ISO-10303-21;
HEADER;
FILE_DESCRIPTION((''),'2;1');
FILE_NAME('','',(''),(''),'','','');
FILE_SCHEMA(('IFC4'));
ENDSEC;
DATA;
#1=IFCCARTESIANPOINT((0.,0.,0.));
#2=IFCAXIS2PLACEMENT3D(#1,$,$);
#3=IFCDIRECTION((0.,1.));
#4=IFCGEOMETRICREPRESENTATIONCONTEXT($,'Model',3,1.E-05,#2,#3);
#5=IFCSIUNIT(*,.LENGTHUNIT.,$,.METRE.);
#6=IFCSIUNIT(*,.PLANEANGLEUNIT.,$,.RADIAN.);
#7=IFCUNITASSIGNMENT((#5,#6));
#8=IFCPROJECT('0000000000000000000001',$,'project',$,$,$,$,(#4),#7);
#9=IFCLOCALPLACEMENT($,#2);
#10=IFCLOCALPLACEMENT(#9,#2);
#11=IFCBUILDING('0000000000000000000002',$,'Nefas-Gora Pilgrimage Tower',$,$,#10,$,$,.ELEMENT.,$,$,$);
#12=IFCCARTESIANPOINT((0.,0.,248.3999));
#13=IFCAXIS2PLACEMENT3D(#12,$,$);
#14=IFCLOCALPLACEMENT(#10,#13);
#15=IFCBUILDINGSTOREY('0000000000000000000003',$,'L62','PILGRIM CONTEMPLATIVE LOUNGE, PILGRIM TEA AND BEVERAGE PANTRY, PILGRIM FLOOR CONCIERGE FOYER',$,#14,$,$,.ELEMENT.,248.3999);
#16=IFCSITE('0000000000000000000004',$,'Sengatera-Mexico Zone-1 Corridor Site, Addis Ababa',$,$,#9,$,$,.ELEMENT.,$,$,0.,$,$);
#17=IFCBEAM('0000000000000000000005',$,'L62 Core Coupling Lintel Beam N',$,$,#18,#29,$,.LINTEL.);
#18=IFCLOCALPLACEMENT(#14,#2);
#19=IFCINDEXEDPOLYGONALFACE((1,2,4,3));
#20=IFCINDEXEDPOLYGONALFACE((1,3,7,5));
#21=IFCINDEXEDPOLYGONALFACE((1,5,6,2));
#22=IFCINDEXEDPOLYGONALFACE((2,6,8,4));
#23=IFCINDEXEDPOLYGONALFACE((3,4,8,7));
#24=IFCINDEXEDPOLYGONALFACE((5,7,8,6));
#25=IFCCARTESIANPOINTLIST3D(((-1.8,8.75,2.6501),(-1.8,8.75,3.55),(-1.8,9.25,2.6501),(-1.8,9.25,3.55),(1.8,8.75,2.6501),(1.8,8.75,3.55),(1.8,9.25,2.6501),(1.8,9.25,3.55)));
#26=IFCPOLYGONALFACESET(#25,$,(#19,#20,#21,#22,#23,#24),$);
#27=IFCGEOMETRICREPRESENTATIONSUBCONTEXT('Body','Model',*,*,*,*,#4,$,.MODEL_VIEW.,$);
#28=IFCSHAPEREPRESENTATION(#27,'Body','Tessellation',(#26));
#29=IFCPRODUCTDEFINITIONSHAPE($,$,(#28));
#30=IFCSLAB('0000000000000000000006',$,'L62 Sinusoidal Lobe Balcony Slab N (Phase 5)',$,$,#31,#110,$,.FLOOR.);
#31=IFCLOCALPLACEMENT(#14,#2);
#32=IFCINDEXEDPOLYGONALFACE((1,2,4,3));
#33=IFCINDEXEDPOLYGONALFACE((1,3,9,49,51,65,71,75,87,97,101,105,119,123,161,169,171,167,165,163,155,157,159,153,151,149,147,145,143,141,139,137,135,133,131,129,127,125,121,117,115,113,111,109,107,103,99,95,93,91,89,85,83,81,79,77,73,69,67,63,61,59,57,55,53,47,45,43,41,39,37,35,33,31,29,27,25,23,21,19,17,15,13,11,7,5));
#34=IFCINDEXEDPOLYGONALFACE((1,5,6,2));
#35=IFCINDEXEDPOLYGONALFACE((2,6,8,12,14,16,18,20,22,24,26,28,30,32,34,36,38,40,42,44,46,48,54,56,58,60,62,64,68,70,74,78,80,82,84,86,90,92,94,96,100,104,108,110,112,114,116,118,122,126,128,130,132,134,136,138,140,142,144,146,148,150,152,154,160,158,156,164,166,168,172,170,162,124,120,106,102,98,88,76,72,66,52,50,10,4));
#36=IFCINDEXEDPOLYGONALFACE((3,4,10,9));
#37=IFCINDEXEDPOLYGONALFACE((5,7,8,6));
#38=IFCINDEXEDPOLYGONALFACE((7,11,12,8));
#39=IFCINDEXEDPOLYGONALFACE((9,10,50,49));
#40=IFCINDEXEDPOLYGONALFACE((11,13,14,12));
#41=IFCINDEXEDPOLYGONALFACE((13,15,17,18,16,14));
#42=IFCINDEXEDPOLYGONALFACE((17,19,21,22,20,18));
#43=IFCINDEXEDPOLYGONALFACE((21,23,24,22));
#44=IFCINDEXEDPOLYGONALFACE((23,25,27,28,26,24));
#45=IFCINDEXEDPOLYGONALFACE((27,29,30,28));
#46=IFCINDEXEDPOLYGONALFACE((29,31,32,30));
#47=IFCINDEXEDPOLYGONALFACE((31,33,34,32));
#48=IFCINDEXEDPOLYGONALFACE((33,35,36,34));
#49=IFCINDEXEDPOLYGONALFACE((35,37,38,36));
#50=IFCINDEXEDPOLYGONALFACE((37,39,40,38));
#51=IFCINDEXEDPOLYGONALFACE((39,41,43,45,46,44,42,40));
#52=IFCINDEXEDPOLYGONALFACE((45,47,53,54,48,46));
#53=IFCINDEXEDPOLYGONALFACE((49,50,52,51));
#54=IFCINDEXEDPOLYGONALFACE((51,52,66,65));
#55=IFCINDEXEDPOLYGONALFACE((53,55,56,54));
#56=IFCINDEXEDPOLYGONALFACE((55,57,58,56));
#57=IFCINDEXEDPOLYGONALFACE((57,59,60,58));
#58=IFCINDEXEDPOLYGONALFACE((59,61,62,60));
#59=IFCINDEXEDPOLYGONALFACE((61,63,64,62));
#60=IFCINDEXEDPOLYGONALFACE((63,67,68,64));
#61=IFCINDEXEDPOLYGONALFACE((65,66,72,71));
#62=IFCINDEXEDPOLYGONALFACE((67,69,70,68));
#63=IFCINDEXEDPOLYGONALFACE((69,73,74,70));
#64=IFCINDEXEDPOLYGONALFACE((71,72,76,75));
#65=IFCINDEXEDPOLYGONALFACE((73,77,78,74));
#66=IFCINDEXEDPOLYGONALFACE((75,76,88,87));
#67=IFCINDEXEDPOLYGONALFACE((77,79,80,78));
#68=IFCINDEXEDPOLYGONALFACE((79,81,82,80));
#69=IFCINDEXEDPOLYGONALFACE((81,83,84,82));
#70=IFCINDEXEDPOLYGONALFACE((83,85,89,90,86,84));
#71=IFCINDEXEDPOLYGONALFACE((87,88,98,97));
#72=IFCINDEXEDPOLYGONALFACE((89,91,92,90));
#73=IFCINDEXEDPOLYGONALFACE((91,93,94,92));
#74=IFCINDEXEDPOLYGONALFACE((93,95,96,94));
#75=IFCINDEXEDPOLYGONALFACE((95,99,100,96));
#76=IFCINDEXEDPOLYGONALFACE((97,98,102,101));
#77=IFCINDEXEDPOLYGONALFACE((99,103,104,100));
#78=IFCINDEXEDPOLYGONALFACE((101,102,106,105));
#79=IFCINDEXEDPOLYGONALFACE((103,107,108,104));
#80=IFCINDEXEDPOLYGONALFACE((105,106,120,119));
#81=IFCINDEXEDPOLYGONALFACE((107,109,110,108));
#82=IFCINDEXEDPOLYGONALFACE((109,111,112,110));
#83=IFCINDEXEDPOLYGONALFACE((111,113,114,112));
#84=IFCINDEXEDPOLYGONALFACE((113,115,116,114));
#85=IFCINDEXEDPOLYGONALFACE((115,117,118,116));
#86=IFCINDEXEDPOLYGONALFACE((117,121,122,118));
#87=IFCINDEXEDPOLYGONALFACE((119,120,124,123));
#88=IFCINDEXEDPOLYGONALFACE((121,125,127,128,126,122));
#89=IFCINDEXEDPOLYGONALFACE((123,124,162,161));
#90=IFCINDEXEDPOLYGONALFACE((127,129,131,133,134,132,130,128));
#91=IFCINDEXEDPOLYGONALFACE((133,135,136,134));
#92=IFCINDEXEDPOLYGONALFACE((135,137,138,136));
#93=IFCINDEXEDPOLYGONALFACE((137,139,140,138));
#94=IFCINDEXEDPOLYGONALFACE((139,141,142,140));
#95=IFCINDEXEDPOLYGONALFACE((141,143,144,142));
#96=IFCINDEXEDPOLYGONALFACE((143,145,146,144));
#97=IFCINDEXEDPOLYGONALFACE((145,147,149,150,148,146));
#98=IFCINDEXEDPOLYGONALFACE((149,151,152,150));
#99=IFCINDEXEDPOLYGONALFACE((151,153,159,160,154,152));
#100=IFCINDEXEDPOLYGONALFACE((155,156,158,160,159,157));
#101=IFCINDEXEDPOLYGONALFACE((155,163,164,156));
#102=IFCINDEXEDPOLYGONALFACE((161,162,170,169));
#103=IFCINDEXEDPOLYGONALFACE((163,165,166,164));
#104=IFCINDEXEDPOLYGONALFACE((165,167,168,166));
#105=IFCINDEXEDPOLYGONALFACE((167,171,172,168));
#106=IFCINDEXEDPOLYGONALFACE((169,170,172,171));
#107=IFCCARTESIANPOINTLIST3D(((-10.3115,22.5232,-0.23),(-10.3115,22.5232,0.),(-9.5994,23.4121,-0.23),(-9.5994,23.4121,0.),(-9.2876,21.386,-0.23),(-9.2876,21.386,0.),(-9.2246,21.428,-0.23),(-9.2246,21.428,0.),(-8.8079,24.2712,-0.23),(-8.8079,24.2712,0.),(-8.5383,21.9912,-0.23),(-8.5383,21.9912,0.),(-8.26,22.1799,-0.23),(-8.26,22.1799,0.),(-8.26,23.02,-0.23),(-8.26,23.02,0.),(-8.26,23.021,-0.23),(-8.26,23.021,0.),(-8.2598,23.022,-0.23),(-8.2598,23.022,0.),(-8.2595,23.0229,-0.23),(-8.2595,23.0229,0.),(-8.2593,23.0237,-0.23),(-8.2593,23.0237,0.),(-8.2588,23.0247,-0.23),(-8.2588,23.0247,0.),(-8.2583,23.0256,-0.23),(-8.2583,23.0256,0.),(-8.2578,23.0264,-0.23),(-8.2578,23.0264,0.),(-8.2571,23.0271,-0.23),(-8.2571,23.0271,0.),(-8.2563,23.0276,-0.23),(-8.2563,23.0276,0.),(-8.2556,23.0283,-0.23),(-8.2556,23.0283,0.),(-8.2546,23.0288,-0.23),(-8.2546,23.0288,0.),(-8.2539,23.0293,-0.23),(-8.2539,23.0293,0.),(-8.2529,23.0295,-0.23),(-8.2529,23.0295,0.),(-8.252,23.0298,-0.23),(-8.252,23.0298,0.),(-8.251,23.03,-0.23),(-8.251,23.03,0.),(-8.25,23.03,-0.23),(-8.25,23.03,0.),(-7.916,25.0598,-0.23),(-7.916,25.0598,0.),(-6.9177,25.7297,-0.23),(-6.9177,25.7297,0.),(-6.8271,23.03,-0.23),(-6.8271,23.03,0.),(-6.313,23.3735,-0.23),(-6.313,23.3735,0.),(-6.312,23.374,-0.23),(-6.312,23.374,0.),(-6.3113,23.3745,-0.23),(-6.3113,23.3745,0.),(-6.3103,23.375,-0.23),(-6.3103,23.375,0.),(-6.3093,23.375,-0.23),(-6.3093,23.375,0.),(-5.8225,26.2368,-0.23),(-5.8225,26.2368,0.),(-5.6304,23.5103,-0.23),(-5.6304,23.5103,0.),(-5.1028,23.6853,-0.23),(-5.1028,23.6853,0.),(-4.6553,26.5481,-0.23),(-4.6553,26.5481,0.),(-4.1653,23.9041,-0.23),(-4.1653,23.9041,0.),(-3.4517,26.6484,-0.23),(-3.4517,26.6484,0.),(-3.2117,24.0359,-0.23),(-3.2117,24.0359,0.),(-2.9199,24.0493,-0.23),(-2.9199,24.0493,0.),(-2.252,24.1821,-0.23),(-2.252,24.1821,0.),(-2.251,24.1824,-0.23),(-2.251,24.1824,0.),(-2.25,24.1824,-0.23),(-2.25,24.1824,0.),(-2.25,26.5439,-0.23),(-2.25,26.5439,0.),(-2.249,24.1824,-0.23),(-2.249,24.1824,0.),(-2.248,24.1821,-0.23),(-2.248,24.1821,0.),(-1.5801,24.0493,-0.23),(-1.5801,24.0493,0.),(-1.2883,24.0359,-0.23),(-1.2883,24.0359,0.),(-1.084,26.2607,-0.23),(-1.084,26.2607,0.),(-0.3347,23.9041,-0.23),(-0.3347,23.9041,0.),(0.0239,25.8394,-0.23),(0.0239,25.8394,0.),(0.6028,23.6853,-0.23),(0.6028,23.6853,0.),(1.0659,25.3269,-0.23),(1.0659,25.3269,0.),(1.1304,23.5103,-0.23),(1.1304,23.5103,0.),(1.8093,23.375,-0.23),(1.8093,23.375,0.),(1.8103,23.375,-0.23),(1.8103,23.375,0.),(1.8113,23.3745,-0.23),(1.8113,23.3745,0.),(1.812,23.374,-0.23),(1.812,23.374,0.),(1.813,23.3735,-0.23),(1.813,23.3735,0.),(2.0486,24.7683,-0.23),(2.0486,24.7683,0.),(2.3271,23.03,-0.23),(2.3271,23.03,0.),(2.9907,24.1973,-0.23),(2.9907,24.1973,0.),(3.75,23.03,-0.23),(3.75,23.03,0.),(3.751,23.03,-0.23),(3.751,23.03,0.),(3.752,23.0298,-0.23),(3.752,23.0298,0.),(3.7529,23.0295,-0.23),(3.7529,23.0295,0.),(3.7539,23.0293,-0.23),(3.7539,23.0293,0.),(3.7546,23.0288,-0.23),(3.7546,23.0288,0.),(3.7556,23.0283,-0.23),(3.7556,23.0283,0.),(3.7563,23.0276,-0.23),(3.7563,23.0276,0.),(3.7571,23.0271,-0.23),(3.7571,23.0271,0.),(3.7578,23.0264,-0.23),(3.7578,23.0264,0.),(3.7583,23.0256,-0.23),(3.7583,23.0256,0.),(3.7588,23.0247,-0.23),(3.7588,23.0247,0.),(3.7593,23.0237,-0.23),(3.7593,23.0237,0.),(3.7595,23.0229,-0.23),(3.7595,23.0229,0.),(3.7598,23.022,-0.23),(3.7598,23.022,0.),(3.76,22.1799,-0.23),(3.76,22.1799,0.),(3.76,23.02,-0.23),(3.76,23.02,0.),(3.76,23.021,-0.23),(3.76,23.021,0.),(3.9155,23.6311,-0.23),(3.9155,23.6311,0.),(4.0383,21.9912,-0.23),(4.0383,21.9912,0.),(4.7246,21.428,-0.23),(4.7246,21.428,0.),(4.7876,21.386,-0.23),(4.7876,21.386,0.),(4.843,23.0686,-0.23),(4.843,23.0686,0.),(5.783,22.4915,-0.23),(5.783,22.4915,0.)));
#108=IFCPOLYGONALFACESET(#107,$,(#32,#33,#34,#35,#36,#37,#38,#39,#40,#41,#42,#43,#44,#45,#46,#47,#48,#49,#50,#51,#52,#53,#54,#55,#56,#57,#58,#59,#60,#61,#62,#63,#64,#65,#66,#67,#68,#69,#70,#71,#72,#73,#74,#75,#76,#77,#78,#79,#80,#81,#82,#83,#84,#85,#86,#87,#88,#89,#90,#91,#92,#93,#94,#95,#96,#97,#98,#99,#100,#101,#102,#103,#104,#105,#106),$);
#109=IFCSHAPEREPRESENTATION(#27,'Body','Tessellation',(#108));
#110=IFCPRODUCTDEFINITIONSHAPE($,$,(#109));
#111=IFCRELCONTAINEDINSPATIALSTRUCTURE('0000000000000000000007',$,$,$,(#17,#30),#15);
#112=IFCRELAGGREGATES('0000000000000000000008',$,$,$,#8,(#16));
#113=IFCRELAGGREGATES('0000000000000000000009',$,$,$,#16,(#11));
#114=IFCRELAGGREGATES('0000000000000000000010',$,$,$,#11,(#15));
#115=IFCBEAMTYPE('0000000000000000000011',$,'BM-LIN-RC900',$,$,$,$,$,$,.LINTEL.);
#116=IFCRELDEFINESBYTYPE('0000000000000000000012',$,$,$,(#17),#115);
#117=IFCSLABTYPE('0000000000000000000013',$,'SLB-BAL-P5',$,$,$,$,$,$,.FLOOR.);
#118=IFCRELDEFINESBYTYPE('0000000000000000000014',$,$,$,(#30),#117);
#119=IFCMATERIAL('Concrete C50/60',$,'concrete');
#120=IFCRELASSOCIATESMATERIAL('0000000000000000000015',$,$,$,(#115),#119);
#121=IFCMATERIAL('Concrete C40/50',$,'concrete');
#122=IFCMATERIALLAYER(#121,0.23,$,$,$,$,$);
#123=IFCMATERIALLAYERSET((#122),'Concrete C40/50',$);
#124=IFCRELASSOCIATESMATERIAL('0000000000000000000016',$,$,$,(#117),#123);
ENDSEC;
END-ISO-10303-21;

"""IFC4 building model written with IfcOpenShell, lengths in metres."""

from ifc_helpers import new_model, si_unit, direction, frame, origin, origin_2d, place, context, subcontext, project, spatial, polyline, rectangle, outline, extrude, source, transform, mapped, material, layer, layer_set, material_profile, profile_set, type_object, element, save


model = new_model("IFC4")

# Units and contexts
model_context = context("Model", 3, precision=1e-05, world=origin(), true_north=direction((0.0, 1.0)))
body_context = subcontext(model_context, "Body", "Model", "MODEL_VIEW")
ifc_project = project(units=[si_unit("LENGTHUNIT", "METRE"), si_unit("PLANEANGLEUNIT", "RADIAN")], contexts=[model_context])

# Site, building, storey
site_placement = place(None, origin())
site = spatial("IfcSite", under=ifc_project, at=site_placement, Name="Sengatera-Mexico Zone-1 Corridor Site, Addis Ababa", CompositionType="ELEMENT", RefElevation=0.0)
building_placement = place(site_placement, origin())
building = spatial("IfcBuilding", under=site, at=building_placement, Name="Nefas-Gora Pilgrimage Tower", CompositionType="ELEMENT")
storey_placement = place(building_placement, frame((0.0, 0.0, 248.3999)))
storey = spatial("IfcBuildingStorey", under=building, at=storey_placement, Name="L62", Description="PILGRIM CONTEMPLATIVE LOUNGE, PILGRIM TEA AND BEVERAGE PANTRY, PILGRIM FLOOR CONCIERGE FOYER", CompositionType="ELEMENT", Elevation=248.3999)

# Beam
ifc_material_1 = material(Name="Concrete C50/60", Category="concrete")
ifc_material_profile = material_profile(ifc_material_1, rectangle(XDim=0.5, YDim=0.8999, at=origin_2d()), Name="RC 500x900")
ifc_profile_set = profile_set([ifc_material_profile], Name="Concrete C50/60")
beam_type = type_object("IfcBeamType", Name="BM-LIN-RC900", PredefinedType="LINTEL", material=ifc_profile_set)
shared_shape_1 = source(origin(), body_context, "Body", "SweptSolid", [
    extrude(rectangle(XDim=0.5, YDim=0.8999, at=origin_2d()), origin(), (0.0, 0.0, 1.0), 3.6001),
])
beam_placement = place(storey_placement, frame((-1.8, 9.0, 3.1001), z_axis=(1.0, 0.0, 0.0), x_axis=(0.0, 1.0, 0.0)))
element("IfcBeam", 1, at=beam_placement, inside=storey, type_object=beam_type, Name="L62 Core Coupling Lintel Beam N", PredefinedType="LINTEL", context=body_context, shape_type="MappedRepresentation", body=[
    mapped(shared_shape_1, transform((0.0, 0.0, 0.0), x_axis=(1.0, 0.0, 0.0), y_axis=(0.0, 1.0, 0.0), z_axis=(0.0, 0.0, 1.0), scale=1.0)),
])

# Slab
ifc_material_2 = material(Name="Concrete C40/50", Category="concrete")
ifc_layer_1 = layer(ifc_material_2, 0.23)
ifc_layer_set_1 = layer_set([ifc_layer_1], Name="Concrete C40/50")
slab_type_1 = type_object("IfcSlabType", Name="SLB-BAL-P5", PredefinedType="FLOOR", material=ifc_layer_set_1)
slab_1_placement = place(storey_placement, frame((0.0, 0.0, -0.23)))
element("IfcSlab", 2, at=slab_1_placement, inside=storey, type_object=slab_type_1, Name="L62 Sinusoidal Lobe Balcony Slab N (Phase 5)", PredefinedType="FLOOR", context=body_context, shape_type="SweptSolid", body=[
    extrude(outline(polyline([(-9.2876, 21.386), (-9.2246, 21.428), (-8.5383, 21.9912), (-8.26, 22.1799), (-8.26, 23.02), (-8.26, 23.021), (-8.2598, 23.022), (-8.2595, 23.0229), (-8.2593, 23.0237), (-8.2588, 23.0247), (-8.2583, 23.0256), (-8.2578, 23.0264), (-8.2571, 23.0271), (-8.2563, 23.0276), (-8.2556, 23.0283), (-8.2546, 23.0288), (-8.2539, 23.0293), (-8.2529, 23.0295), (-8.252, 23.0298), (-8.251, 23.03), (-8.25, 23.03), (-6.8271, 23.03), (-6.313, 23.3735), (-6.312, 23.374), (-6.3113, 23.3745), (-6.3103, 23.375), (-6.3093, 23.375), (-5.6304, 23.5103), (-5.1028, 23.6853), (-4.1653, 23.9041), (-3.2117, 24.0359), (-2.9199, 24.0493), (-2.252, 24.1821), (-2.251, 24.1824), (-2.25, 24.1824), (-2.249, 24.1824), (-2.248, 24.1821), (-1.5801, 24.0493), (-1.2883, 24.0359), (-0.3347, 23.9041), (0.6028, 23.6853), (1.1304, 23.5103), (1.8093, 23.375), (1.8103, 23.375), (1.8113, 23.3745), (1.812, 23.374), (1.813, 23.3735), (2.3271, 23.03), (3.75, 23.03), (3.751, 23.03), (3.752, 23.0298), (3.7529, 23.0295), (3.7539, 23.0293), (3.7546, 23.0288), (3.7556, 23.0283), (3.7563, 23.0276), (3.7571, 23.0271), (3.7578, 23.0264), (3.7583, 23.0256), (3.7588, 23.0247), (3.7593, 23.0237), (3.7595, 23.0229), (3.7598, 23.022), (3.76, 23.021), (3.76, 23.02), (3.76, 22.1799), (4.0383, 21.9912), (4.7246, 21.428), (4.7876, 21.386), (5.783, 22.4915), (4.843, 23.0686), (3.9155, 23.6311), (2.9907, 24.1973), (2.0486, 24.7683), (1.0659, 25.3269), (0.0239, 25.8394), (-1.084, 26.2607), (-2.25, 26.5439), (-3.4517, 26.6484), (-4.6553, 26.5481), (-5.8225, 26.2368), (-6.9177, 25.7297), (-7.916, 25.0598), (-8.8079, 24.2712), (-9.5994, 23.4121), (-10.3115, 22.5232), (-9.2876, 21.386)])), origin(), (0.0, 0.0, 1.0), 0.23),
])

save(model, "model.ifc")
